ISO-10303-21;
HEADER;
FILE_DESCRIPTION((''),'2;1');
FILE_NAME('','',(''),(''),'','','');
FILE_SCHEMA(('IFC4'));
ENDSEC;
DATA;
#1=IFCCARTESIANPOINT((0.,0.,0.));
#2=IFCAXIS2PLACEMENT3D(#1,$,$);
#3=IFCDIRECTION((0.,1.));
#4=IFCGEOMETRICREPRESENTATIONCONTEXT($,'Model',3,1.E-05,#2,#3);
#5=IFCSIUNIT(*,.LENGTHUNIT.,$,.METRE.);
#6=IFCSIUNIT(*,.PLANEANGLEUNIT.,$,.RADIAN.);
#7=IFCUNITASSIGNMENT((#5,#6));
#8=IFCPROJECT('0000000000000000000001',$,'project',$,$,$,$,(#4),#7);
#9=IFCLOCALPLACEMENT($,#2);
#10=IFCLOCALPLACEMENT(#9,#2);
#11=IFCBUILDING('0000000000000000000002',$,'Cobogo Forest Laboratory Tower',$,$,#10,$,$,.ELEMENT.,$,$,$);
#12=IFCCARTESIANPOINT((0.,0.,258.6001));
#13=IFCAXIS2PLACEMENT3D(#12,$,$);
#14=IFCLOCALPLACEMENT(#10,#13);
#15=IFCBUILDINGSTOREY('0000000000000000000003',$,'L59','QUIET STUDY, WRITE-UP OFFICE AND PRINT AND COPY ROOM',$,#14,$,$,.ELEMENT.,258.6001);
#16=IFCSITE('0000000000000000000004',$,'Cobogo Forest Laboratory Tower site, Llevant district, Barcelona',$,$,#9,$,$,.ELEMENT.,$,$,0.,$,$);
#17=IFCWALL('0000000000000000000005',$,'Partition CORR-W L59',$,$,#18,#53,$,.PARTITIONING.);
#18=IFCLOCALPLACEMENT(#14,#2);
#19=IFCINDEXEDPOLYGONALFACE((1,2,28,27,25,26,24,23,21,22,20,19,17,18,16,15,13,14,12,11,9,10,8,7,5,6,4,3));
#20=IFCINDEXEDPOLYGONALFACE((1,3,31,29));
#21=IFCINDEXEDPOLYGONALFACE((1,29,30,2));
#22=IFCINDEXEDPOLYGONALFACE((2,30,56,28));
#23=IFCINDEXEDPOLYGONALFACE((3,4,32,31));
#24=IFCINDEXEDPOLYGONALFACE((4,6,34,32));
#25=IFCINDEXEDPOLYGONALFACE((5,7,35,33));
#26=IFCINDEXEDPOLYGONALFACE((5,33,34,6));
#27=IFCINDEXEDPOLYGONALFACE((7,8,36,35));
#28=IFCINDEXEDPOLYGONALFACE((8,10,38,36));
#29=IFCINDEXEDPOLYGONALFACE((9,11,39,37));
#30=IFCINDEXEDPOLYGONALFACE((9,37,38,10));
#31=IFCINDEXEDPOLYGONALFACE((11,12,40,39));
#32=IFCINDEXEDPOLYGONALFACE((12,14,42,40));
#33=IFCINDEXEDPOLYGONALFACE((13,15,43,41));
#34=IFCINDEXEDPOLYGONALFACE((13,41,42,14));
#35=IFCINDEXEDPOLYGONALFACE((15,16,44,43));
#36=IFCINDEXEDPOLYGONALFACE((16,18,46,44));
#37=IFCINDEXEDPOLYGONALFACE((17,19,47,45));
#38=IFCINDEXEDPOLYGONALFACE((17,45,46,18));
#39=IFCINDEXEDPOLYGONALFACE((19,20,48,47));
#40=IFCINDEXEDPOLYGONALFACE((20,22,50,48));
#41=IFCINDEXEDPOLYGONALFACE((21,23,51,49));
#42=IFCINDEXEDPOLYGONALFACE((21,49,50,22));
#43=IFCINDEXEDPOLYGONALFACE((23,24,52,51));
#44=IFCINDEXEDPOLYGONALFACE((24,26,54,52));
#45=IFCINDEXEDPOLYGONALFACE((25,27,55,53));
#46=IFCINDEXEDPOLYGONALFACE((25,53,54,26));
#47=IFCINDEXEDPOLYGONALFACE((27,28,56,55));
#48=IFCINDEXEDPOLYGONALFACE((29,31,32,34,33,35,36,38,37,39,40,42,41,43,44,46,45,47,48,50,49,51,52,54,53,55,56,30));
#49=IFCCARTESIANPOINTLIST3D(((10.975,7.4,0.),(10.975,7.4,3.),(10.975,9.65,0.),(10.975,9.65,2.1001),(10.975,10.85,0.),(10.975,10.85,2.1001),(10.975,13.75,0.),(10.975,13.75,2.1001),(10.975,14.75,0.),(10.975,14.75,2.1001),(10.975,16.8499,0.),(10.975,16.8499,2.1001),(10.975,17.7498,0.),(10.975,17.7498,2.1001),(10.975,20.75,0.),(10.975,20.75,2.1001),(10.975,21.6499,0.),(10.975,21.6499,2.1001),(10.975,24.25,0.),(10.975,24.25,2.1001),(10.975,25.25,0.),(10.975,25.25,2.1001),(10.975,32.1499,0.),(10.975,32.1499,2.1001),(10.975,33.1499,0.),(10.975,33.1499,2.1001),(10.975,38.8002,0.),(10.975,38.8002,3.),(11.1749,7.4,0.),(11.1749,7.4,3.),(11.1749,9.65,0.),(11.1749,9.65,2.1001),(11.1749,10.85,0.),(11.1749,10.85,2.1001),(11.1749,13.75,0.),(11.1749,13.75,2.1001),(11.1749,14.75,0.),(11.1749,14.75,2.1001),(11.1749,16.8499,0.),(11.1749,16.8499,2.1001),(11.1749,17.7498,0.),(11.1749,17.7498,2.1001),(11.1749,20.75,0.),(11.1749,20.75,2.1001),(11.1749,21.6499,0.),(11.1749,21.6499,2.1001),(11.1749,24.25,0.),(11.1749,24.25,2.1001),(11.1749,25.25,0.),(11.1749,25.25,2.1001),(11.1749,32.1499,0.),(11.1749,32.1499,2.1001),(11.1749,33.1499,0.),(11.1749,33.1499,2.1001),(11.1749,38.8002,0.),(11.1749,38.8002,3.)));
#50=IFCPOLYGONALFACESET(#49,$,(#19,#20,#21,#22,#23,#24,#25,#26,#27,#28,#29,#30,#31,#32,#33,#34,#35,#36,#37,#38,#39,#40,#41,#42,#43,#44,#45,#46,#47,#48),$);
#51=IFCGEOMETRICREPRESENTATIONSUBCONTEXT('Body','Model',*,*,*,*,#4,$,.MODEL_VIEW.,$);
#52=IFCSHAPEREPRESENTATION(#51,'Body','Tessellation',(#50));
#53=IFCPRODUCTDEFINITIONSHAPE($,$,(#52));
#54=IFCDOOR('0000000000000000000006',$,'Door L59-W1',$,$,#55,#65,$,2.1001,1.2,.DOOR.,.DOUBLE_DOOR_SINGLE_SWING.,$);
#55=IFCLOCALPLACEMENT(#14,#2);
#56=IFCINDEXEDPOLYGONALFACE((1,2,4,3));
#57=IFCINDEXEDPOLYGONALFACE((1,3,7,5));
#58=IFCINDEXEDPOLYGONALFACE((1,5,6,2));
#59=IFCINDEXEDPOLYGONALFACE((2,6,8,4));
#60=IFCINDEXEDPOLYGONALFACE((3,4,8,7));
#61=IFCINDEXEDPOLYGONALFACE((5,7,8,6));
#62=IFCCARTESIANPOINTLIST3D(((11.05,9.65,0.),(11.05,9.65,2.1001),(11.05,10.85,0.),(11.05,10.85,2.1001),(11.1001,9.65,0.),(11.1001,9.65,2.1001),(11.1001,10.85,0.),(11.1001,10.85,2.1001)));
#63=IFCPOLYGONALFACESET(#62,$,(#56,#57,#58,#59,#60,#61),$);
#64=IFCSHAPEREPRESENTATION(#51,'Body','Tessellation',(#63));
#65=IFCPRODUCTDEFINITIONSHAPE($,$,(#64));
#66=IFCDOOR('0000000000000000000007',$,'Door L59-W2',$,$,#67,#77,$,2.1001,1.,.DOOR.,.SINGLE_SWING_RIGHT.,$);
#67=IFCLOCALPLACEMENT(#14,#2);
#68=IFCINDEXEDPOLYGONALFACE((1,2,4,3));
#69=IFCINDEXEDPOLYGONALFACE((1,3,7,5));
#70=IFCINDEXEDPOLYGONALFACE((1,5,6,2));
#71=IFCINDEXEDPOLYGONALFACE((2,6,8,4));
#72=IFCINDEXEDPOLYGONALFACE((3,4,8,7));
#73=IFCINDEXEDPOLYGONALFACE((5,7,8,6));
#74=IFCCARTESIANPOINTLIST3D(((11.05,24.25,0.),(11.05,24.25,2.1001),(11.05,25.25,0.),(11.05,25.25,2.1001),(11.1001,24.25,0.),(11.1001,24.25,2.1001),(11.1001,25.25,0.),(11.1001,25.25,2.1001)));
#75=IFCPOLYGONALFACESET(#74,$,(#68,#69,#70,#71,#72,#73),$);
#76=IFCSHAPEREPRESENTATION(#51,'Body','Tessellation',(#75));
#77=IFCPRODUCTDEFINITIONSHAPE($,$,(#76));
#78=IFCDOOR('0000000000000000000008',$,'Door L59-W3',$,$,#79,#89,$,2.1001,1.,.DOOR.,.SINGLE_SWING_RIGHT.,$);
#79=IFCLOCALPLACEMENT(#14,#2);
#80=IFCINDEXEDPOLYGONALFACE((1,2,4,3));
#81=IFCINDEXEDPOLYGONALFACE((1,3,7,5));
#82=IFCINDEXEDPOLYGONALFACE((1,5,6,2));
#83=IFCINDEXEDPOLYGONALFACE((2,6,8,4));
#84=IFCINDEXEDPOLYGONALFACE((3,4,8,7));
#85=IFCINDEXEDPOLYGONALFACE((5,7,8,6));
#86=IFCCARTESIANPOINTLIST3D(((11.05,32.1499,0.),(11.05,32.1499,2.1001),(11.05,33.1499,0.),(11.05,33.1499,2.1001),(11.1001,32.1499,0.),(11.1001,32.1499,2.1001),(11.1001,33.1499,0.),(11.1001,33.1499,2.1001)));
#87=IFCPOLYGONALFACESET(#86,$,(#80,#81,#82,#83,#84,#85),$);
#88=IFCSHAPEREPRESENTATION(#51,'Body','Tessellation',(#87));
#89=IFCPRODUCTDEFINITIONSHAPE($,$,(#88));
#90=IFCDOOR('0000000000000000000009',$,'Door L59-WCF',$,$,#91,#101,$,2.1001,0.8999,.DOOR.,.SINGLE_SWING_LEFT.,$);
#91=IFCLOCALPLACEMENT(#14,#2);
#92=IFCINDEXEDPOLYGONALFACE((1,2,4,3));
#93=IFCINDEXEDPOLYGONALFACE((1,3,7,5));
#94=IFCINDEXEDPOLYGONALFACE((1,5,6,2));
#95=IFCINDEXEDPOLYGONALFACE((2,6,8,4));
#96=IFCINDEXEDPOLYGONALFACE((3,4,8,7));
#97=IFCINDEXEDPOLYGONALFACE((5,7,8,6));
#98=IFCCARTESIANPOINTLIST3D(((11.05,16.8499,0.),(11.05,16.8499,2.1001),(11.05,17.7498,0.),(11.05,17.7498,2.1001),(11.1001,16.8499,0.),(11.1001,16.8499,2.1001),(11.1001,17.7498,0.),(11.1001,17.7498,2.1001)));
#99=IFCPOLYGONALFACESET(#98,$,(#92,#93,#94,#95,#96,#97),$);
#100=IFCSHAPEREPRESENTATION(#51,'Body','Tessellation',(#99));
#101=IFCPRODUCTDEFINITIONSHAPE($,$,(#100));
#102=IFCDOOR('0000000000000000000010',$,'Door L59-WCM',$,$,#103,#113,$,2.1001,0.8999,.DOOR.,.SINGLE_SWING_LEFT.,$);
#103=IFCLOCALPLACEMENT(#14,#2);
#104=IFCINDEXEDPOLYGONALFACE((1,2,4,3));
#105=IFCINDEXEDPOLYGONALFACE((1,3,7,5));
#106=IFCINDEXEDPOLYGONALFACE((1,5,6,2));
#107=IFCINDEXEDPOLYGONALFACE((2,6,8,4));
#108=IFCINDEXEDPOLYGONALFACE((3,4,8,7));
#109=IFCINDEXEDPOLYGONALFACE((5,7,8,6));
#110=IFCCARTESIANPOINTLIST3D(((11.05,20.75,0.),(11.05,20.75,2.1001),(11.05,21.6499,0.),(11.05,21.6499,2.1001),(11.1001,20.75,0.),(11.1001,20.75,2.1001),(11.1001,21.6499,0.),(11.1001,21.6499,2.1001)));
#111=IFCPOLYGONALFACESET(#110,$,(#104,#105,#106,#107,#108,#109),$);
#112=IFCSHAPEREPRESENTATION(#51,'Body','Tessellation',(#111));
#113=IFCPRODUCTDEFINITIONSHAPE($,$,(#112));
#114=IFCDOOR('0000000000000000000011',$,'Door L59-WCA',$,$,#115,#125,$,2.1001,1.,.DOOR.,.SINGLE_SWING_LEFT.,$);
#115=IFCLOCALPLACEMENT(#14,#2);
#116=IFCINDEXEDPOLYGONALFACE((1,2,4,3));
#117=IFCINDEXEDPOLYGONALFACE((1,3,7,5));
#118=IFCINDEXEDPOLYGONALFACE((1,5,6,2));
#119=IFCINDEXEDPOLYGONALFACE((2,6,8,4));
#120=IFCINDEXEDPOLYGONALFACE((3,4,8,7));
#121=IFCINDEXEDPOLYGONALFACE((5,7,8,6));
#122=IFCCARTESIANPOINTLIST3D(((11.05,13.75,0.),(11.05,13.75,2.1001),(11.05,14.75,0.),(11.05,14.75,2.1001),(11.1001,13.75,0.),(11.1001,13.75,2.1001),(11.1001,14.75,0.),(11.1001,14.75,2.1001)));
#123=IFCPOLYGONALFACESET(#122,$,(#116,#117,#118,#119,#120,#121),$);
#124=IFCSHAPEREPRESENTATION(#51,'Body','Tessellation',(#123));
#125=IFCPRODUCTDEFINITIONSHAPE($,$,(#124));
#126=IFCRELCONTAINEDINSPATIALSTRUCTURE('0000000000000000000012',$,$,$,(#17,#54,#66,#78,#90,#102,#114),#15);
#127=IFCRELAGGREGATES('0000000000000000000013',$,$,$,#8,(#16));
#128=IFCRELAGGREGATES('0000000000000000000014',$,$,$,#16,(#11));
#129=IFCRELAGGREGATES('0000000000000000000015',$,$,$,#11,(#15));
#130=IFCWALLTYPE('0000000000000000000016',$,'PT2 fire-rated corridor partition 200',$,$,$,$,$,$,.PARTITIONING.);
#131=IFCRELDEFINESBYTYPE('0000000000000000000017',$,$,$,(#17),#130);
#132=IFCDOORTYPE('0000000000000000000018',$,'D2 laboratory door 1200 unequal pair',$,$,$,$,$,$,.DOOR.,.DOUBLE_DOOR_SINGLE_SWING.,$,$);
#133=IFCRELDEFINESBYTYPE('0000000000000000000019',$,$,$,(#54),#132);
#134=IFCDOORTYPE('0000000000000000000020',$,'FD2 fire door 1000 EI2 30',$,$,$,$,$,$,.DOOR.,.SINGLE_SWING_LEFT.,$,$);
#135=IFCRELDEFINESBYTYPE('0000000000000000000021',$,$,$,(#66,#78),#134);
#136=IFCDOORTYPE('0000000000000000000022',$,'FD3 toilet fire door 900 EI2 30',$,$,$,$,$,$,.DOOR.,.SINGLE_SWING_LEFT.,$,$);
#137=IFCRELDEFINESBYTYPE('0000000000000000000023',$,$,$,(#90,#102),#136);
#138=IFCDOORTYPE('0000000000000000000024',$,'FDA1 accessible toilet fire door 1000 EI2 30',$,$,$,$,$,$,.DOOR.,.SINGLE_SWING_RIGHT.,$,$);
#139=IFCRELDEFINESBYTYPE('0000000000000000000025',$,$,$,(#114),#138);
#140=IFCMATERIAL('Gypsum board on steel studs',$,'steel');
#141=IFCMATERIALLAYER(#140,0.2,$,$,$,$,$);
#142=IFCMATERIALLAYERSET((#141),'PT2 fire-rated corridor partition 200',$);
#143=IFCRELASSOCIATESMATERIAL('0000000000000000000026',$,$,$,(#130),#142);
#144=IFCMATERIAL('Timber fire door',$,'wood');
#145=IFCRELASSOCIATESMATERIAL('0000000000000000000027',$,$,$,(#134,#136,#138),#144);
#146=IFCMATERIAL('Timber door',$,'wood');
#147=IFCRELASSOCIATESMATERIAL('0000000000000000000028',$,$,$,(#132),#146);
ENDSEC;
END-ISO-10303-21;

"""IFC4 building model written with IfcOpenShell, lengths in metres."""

from ifc_helpers import new_model, si_unit, direction, frame, frame_2d, origin, place, context, subcontext, project, spatial, rectangle, extrude, material, layer, layer_set, type_object, element, fill, save


model = new_model("IFC4")

# Units and contexts
model_context = context("Model", 3, precision=1e-05, world=origin(), true_north=direction((0.0, 1.0)))
body_context = subcontext(model_context, "Body", "Model", "MODEL_VIEW")
ifc_project = project(units=[si_unit("LENGTHUNIT", "METRE"), si_unit("PLANEANGLEUNIT", "RADIAN")], contexts=[model_context])

# Site, building, storey
site_placement = place(None, origin())
site = spatial("IfcSite", under=ifc_project, at=site_placement, Name="Cobogo Forest Laboratory Tower site, Llevant district, Barcelona", CompositionType="ELEMENT", RefElevation=0.0)
building_placement = place(site_placement, origin())
building = spatial("IfcBuilding", under=site, at=building_placement, Name="Cobogo Forest Laboratory Tower", CompositionType="ELEMENT")
storey_placement = place(building_placement, frame((0.0, 0.0, 258.6001)))
storey = spatial("IfcBuildingStorey", under=building, at=storey_placement, Name="L59", Description="QUIET STUDY, WRITE-UP OFFICE AND PRINT AND COPY ROOM", CompositionType="ELEMENT", Elevation=258.6001)

# Shared definitions
ifc_material_1 = material(Name="Gypsum board on steel studs", Category="steel")

# Wall, openings, doors
ifc_layer_1 = layer(ifc_material_1, 0.2)
ifc_layer_set_1 = layer_set([ifc_layer_1], Name="PT2 fire-rated corridor partition 200")
wall_type_1 = type_object("IfcWallType", Name="PT2 fire-rated corridor partition 200", PredefinedType="PARTITIONING", material=ifc_layer_set_1)
ifc_material_2 = material(Name="Timber fire door", Category="wood")
door_type_1 = type_object("IfcDoorType", Name="FD2 fire door 1000 EI2 30", OperationType="SINGLE_SWING_LEFT", PredefinedType="DOOR", material=ifc_material_2)
wall_1_placement = place(storey_placement, frame((11.075, 7.3999, 0.0), z_axis=(0.0, 0.0, 1.0), x_axis=(0.0, 1.0, 0.0)))
wall_1 = element("IfcWall", 1, at=wall_1_placement, inside=storey, type_object=wall_type_1, Name="Partition CORR-W L59", PredefinedType="PARTITIONING", context=body_context, shape_type="SweptSolid", body=[
    extrude(rectangle(XDim=31.4001, YDim=0.2, at=frame_2d((15.7002, 0.0))), origin(), (0.0, 0.0, 1.0), 3.0),
])
opening_1_placement = place(wall_1_placement, frame((2.25, 0.0, 0.0)))
opening_1 = element("IfcOpeningElement", 2, at=opening_1_placement, cuts=wall_1, PredefinedType="OPENING", context=body_context, shape_type="SweptSolid", body=[
    extrude(rectangle(XDim=1.2, YDim=2.1001, at=frame_2d((0.6001, 1.05))), frame((0.0, 0.1099, 0.0), z_axis=(0.0, -1.0, 0.0), x_axis=(1.0, 0.0, 0.0)), (0.0, 0.0, 1.0), 0.22),
])
opening_2_placement = place(wall_1_placement, frame((6.3501, 0.0, 0.0)))
opening_2 = element("IfcOpeningElement", 3, at=opening_2_placement, cuts=wall_1, PredefinedType="OPENING", context=body_context, shape_type="SweptSolid", body=[
    extrude(rectangle(XDim=1.0, YDim=2.1001, at=frame_2d((0.5, 1.05))), frame((0.0, 0.1099, 0.0), z_axis=(0.0, -1.0, 0.0), x_axis=(1.0, 0.0, 0.0)), (0.0, 0.0, 1.0), 0.22),
])
opening_3_placement = place(wall_1_placement, frame((9.45, 0.0, 0.0)))
opening_3 = element("IfcOpeningElement", 4, at=opening_3_placement, cuts=wall_1, PredefinedType="OPENING", context=body_context, shape_type="SweptSolid", body=[
    extrude(rectangle(XDim=0.8999, YDim=2.1001, at=frame_2d((0.45, 1.05))), frame((0.0, 0.1099, 0.0), z_axis=(0.0, -1.0, 0.0), x_axis=(1.0, 0.0, 0.0)), (0.0, 0.0, 1.0), 0.22),
])
opening_4_placement = place(wall_1_placement, frame((13.3501, 0.0, 0.0)))
opening_4 = element("IfcOpeningElement", 5, at=opening_4_placement, cuts=wall_1, PredefinedType="OPENING", context=body_context, shape_type="SweptSolid", body=[
    extrude(rectangle(XDim=0.8999, YDim=2.1001, at=frame_2d((0.45, 1.05))), frame((0.0, 0.1099, 0.0), z_axis=(0.0, -1.0, 0.0), x_axis=(1.0, 0.0, 0.0)), (0.0, 0.0, 1.0), 0.22),
])
opening_5_placement = place(wall_1_placement, frame((16.8501, 0.0, 0.0)))
opening_5 = element("IfcOpeningElement", 6, at=opening_5_placement, cuts=wall_1, PredefinedType="OPENING", context=body_context, shape_type="SweptSolid", body=[
    extrude(rectangle(XDim=1.0, YDim=2.1001, at=frame_2d((0.5, 1.05))), frame((0.0, 0.1099, 0.0), z_axis=(0.0, -1.0, 0.0), x_axis=(1.0, 0.0, 0.0)), (0.0, 0.0, 1.0), 0.22),
])
opening_6_placement = place(wall_1_placement, frame((24.75, 0.0, 0.0)))
opening_6 = element("IfcOpeningElement", 7, at=opening_6_placement, cuts=wall_1, PredefinedType="OPENING", context=body_context, shape_type="SweptSolid", body=[
    extrude(rectangle(XDim=1.0, YDim=2.1001, at=frame_2d((0.5, 1.05))), frame((0.0, 0.1099, 0.0), z_axis=(0.0, -1.0, 0.0), x_axis=(1.0, 0.0, 0.0)), (0.0, 0.0, 1.0), 0.22),
])
ifc_material_3 = material(Name="Timber door", Category="wood")
door_type_2 = type_object("IfcDoorType", Name="D2 laboratory door 1200 unequal pair", OperationType="DOUBLE_DOOR_SINGLE_SWING", PredefinedType="DOOR", material=ifc_material_3)
door_1_placement = place(opening_1_placement, origin())
door_1 = element("IfcDoor", 8, at=door_1_placement, inside=storey, type_object=door_type_2, Name="Door L59-W1", OperationType="DOUBLE_DOOR_SINGLE_SWING", OverallHeight=2.1001, OverallWidth=1.2, PredefinedType="DOOR", context=body_context, shape_type="SweptSolid", body=[
    extrude(rectangle(XDim=1.2, YDim=2.1001, at=frame_2d((0.6001, 1.05))), frame((0.0, 0.0249, 0.0), z_axis=(0.0, -1.0, 0.0), x_axis=(1.0, 0.0, 0.0)), (0.0, 0.0, 1.0), 0.05),
])
fill(opening_1, door_1)
door_2_placement = place(opening_5_placement, origin())
door_2 = element("IfcDoor", 9, at=door_2_placement, inside=storey, type_object=door_type_1, Name="Door L59-W2", OperationType="SINGLE_SWING_RIGHT", OverallHeight=2.1001, OverallWidth=1.0, PredefinedType="DOOR", context=body_context, shape_type="SweptSolid", body=[
    extrude(rectangle(XDim=1.0, YDim=2.1001, at=frame_2d((0.5, 1.05))), frame((0.0, 0.0249, 0.0), z_axis=(0.0, -1.0, 0.0), x_axis=(1.0, 0.0, 0.0)), (0.0, 0.0, 1.0), 0.05),
])
fill(opening_5, door_2)
door_3_placement = place(opening_6_placement, origin())
door_3 = element("IfcDoor", 10, at=door_3_placement, inside=storey, type_object=door_type_1, Name="Door L59-W3", OperationType="SINGLE_SWING_RIGHT", OverallHeight=2.1001, OverallWidth=1.0, PredefinedType="DOOR", context=body_context, shape_type="SweptSolid", body=[
    extrude(rectangle(XDim=1.0, YDim=2.1001, at=frame_2d((0.5, 1.05))), frame((0.0, 0.0249, 0.0), z_axis=(0.0, -1.0, 0.0), x_axis=(1.0, 0.0, 0.0)), (0.0, 0.0, 1.0), 0.05),
])
fill(opening_6, door_3)
door_type_3 = type_object("IfcDoorType", Name="FD3 toilet fire door 900 EI2 30", OperationType="SINGLE_SWING_LEFT", PredefinedType="DOOR", material=ifc_material_2)
door_4_placement = place(opening_3_placement, origin())
door_4 = element("IfcDoor", 11, at=door_4_placement, inside=storey, type_object=door_type_3, Name="Door L59-WCF", OperationType="SINGLE_SWING_LEFT", OverallHeight=2.1001, OverallWidth=0.8999, PredefinedType="DOOR", context=body_context, shape_type="SweptSolid", body=[
    extrude(rectangle(XDim=0.8999, YDim=2.1001, at=frame_2d((0.45, 1.05))), frame((0.0, 0.0249, 0.0), z_axis=(0.0, -1.0, 0.0), x_axis=(1.0, 0.0, 0.0)), (0.0, 0.0, 1.0), 0.05),
])
fill(opening_3, door_4)
door_5_placement = place(opening_4_placement, origin())
door_5 = element("IfcDoor", 12, at=door_5_placement, inside=storey, type_object=door_type_3, Name="Door L59-WCM", OperationType="SINGLE_SWING_LEFT", OverallHeight=2.1001, OverallWidth=0.8999, PredefinedType="DOOR", context=body_context, shape_type="SweptSolid", body=[
    extrude(rectangle(XDim=0.8999, YDim=2.1001, at=frame_2d((0.45, 1.05))), frame((0.0, 0.0249, 0.0), z_axis=(0.0, -1.0, 0.0), x_axis=(1.0, 0.0, 0.0)), (0.0, 0.0, 1.0), 0.05),
])
fill(opening_4, door_5)
door_type_4 = type_object("IfcDoorType", Name="FDA1 accessible toilet fire door 1000 EI2 30", OperationType="SINGLE_SWING_RIGHT", PredefinedType="DOOR", material=ifc_material_2)
door_6_placement = place(opening_2_placement, origin())
door_6 = element("IfcDoor", 13, at=door_6_placement, inside=storey, type_object=door_type_4, Name="Door L59-WCA", OperationType="SINGLE_SWING_LEFT", OverallHeight=2.1001, OverallWidth=1.0, PredefinedType="DOOR", context=body_context, shape_type="SweptSolid", body=[
    extrude(rectangle(XDim=1.0, YDim=2.1001, at=frame_2d((0.5, 1.05))), frame((0.0, 0.0249, 0.0), z_axis=(0.0, -1.0, 0.0), x_axis=(1.0, 0.0, 0.0)), (0.0, 0.0, 1.0), 0.05),
])
fill(opening_2, door_6)

save(model, "model.ifc")
